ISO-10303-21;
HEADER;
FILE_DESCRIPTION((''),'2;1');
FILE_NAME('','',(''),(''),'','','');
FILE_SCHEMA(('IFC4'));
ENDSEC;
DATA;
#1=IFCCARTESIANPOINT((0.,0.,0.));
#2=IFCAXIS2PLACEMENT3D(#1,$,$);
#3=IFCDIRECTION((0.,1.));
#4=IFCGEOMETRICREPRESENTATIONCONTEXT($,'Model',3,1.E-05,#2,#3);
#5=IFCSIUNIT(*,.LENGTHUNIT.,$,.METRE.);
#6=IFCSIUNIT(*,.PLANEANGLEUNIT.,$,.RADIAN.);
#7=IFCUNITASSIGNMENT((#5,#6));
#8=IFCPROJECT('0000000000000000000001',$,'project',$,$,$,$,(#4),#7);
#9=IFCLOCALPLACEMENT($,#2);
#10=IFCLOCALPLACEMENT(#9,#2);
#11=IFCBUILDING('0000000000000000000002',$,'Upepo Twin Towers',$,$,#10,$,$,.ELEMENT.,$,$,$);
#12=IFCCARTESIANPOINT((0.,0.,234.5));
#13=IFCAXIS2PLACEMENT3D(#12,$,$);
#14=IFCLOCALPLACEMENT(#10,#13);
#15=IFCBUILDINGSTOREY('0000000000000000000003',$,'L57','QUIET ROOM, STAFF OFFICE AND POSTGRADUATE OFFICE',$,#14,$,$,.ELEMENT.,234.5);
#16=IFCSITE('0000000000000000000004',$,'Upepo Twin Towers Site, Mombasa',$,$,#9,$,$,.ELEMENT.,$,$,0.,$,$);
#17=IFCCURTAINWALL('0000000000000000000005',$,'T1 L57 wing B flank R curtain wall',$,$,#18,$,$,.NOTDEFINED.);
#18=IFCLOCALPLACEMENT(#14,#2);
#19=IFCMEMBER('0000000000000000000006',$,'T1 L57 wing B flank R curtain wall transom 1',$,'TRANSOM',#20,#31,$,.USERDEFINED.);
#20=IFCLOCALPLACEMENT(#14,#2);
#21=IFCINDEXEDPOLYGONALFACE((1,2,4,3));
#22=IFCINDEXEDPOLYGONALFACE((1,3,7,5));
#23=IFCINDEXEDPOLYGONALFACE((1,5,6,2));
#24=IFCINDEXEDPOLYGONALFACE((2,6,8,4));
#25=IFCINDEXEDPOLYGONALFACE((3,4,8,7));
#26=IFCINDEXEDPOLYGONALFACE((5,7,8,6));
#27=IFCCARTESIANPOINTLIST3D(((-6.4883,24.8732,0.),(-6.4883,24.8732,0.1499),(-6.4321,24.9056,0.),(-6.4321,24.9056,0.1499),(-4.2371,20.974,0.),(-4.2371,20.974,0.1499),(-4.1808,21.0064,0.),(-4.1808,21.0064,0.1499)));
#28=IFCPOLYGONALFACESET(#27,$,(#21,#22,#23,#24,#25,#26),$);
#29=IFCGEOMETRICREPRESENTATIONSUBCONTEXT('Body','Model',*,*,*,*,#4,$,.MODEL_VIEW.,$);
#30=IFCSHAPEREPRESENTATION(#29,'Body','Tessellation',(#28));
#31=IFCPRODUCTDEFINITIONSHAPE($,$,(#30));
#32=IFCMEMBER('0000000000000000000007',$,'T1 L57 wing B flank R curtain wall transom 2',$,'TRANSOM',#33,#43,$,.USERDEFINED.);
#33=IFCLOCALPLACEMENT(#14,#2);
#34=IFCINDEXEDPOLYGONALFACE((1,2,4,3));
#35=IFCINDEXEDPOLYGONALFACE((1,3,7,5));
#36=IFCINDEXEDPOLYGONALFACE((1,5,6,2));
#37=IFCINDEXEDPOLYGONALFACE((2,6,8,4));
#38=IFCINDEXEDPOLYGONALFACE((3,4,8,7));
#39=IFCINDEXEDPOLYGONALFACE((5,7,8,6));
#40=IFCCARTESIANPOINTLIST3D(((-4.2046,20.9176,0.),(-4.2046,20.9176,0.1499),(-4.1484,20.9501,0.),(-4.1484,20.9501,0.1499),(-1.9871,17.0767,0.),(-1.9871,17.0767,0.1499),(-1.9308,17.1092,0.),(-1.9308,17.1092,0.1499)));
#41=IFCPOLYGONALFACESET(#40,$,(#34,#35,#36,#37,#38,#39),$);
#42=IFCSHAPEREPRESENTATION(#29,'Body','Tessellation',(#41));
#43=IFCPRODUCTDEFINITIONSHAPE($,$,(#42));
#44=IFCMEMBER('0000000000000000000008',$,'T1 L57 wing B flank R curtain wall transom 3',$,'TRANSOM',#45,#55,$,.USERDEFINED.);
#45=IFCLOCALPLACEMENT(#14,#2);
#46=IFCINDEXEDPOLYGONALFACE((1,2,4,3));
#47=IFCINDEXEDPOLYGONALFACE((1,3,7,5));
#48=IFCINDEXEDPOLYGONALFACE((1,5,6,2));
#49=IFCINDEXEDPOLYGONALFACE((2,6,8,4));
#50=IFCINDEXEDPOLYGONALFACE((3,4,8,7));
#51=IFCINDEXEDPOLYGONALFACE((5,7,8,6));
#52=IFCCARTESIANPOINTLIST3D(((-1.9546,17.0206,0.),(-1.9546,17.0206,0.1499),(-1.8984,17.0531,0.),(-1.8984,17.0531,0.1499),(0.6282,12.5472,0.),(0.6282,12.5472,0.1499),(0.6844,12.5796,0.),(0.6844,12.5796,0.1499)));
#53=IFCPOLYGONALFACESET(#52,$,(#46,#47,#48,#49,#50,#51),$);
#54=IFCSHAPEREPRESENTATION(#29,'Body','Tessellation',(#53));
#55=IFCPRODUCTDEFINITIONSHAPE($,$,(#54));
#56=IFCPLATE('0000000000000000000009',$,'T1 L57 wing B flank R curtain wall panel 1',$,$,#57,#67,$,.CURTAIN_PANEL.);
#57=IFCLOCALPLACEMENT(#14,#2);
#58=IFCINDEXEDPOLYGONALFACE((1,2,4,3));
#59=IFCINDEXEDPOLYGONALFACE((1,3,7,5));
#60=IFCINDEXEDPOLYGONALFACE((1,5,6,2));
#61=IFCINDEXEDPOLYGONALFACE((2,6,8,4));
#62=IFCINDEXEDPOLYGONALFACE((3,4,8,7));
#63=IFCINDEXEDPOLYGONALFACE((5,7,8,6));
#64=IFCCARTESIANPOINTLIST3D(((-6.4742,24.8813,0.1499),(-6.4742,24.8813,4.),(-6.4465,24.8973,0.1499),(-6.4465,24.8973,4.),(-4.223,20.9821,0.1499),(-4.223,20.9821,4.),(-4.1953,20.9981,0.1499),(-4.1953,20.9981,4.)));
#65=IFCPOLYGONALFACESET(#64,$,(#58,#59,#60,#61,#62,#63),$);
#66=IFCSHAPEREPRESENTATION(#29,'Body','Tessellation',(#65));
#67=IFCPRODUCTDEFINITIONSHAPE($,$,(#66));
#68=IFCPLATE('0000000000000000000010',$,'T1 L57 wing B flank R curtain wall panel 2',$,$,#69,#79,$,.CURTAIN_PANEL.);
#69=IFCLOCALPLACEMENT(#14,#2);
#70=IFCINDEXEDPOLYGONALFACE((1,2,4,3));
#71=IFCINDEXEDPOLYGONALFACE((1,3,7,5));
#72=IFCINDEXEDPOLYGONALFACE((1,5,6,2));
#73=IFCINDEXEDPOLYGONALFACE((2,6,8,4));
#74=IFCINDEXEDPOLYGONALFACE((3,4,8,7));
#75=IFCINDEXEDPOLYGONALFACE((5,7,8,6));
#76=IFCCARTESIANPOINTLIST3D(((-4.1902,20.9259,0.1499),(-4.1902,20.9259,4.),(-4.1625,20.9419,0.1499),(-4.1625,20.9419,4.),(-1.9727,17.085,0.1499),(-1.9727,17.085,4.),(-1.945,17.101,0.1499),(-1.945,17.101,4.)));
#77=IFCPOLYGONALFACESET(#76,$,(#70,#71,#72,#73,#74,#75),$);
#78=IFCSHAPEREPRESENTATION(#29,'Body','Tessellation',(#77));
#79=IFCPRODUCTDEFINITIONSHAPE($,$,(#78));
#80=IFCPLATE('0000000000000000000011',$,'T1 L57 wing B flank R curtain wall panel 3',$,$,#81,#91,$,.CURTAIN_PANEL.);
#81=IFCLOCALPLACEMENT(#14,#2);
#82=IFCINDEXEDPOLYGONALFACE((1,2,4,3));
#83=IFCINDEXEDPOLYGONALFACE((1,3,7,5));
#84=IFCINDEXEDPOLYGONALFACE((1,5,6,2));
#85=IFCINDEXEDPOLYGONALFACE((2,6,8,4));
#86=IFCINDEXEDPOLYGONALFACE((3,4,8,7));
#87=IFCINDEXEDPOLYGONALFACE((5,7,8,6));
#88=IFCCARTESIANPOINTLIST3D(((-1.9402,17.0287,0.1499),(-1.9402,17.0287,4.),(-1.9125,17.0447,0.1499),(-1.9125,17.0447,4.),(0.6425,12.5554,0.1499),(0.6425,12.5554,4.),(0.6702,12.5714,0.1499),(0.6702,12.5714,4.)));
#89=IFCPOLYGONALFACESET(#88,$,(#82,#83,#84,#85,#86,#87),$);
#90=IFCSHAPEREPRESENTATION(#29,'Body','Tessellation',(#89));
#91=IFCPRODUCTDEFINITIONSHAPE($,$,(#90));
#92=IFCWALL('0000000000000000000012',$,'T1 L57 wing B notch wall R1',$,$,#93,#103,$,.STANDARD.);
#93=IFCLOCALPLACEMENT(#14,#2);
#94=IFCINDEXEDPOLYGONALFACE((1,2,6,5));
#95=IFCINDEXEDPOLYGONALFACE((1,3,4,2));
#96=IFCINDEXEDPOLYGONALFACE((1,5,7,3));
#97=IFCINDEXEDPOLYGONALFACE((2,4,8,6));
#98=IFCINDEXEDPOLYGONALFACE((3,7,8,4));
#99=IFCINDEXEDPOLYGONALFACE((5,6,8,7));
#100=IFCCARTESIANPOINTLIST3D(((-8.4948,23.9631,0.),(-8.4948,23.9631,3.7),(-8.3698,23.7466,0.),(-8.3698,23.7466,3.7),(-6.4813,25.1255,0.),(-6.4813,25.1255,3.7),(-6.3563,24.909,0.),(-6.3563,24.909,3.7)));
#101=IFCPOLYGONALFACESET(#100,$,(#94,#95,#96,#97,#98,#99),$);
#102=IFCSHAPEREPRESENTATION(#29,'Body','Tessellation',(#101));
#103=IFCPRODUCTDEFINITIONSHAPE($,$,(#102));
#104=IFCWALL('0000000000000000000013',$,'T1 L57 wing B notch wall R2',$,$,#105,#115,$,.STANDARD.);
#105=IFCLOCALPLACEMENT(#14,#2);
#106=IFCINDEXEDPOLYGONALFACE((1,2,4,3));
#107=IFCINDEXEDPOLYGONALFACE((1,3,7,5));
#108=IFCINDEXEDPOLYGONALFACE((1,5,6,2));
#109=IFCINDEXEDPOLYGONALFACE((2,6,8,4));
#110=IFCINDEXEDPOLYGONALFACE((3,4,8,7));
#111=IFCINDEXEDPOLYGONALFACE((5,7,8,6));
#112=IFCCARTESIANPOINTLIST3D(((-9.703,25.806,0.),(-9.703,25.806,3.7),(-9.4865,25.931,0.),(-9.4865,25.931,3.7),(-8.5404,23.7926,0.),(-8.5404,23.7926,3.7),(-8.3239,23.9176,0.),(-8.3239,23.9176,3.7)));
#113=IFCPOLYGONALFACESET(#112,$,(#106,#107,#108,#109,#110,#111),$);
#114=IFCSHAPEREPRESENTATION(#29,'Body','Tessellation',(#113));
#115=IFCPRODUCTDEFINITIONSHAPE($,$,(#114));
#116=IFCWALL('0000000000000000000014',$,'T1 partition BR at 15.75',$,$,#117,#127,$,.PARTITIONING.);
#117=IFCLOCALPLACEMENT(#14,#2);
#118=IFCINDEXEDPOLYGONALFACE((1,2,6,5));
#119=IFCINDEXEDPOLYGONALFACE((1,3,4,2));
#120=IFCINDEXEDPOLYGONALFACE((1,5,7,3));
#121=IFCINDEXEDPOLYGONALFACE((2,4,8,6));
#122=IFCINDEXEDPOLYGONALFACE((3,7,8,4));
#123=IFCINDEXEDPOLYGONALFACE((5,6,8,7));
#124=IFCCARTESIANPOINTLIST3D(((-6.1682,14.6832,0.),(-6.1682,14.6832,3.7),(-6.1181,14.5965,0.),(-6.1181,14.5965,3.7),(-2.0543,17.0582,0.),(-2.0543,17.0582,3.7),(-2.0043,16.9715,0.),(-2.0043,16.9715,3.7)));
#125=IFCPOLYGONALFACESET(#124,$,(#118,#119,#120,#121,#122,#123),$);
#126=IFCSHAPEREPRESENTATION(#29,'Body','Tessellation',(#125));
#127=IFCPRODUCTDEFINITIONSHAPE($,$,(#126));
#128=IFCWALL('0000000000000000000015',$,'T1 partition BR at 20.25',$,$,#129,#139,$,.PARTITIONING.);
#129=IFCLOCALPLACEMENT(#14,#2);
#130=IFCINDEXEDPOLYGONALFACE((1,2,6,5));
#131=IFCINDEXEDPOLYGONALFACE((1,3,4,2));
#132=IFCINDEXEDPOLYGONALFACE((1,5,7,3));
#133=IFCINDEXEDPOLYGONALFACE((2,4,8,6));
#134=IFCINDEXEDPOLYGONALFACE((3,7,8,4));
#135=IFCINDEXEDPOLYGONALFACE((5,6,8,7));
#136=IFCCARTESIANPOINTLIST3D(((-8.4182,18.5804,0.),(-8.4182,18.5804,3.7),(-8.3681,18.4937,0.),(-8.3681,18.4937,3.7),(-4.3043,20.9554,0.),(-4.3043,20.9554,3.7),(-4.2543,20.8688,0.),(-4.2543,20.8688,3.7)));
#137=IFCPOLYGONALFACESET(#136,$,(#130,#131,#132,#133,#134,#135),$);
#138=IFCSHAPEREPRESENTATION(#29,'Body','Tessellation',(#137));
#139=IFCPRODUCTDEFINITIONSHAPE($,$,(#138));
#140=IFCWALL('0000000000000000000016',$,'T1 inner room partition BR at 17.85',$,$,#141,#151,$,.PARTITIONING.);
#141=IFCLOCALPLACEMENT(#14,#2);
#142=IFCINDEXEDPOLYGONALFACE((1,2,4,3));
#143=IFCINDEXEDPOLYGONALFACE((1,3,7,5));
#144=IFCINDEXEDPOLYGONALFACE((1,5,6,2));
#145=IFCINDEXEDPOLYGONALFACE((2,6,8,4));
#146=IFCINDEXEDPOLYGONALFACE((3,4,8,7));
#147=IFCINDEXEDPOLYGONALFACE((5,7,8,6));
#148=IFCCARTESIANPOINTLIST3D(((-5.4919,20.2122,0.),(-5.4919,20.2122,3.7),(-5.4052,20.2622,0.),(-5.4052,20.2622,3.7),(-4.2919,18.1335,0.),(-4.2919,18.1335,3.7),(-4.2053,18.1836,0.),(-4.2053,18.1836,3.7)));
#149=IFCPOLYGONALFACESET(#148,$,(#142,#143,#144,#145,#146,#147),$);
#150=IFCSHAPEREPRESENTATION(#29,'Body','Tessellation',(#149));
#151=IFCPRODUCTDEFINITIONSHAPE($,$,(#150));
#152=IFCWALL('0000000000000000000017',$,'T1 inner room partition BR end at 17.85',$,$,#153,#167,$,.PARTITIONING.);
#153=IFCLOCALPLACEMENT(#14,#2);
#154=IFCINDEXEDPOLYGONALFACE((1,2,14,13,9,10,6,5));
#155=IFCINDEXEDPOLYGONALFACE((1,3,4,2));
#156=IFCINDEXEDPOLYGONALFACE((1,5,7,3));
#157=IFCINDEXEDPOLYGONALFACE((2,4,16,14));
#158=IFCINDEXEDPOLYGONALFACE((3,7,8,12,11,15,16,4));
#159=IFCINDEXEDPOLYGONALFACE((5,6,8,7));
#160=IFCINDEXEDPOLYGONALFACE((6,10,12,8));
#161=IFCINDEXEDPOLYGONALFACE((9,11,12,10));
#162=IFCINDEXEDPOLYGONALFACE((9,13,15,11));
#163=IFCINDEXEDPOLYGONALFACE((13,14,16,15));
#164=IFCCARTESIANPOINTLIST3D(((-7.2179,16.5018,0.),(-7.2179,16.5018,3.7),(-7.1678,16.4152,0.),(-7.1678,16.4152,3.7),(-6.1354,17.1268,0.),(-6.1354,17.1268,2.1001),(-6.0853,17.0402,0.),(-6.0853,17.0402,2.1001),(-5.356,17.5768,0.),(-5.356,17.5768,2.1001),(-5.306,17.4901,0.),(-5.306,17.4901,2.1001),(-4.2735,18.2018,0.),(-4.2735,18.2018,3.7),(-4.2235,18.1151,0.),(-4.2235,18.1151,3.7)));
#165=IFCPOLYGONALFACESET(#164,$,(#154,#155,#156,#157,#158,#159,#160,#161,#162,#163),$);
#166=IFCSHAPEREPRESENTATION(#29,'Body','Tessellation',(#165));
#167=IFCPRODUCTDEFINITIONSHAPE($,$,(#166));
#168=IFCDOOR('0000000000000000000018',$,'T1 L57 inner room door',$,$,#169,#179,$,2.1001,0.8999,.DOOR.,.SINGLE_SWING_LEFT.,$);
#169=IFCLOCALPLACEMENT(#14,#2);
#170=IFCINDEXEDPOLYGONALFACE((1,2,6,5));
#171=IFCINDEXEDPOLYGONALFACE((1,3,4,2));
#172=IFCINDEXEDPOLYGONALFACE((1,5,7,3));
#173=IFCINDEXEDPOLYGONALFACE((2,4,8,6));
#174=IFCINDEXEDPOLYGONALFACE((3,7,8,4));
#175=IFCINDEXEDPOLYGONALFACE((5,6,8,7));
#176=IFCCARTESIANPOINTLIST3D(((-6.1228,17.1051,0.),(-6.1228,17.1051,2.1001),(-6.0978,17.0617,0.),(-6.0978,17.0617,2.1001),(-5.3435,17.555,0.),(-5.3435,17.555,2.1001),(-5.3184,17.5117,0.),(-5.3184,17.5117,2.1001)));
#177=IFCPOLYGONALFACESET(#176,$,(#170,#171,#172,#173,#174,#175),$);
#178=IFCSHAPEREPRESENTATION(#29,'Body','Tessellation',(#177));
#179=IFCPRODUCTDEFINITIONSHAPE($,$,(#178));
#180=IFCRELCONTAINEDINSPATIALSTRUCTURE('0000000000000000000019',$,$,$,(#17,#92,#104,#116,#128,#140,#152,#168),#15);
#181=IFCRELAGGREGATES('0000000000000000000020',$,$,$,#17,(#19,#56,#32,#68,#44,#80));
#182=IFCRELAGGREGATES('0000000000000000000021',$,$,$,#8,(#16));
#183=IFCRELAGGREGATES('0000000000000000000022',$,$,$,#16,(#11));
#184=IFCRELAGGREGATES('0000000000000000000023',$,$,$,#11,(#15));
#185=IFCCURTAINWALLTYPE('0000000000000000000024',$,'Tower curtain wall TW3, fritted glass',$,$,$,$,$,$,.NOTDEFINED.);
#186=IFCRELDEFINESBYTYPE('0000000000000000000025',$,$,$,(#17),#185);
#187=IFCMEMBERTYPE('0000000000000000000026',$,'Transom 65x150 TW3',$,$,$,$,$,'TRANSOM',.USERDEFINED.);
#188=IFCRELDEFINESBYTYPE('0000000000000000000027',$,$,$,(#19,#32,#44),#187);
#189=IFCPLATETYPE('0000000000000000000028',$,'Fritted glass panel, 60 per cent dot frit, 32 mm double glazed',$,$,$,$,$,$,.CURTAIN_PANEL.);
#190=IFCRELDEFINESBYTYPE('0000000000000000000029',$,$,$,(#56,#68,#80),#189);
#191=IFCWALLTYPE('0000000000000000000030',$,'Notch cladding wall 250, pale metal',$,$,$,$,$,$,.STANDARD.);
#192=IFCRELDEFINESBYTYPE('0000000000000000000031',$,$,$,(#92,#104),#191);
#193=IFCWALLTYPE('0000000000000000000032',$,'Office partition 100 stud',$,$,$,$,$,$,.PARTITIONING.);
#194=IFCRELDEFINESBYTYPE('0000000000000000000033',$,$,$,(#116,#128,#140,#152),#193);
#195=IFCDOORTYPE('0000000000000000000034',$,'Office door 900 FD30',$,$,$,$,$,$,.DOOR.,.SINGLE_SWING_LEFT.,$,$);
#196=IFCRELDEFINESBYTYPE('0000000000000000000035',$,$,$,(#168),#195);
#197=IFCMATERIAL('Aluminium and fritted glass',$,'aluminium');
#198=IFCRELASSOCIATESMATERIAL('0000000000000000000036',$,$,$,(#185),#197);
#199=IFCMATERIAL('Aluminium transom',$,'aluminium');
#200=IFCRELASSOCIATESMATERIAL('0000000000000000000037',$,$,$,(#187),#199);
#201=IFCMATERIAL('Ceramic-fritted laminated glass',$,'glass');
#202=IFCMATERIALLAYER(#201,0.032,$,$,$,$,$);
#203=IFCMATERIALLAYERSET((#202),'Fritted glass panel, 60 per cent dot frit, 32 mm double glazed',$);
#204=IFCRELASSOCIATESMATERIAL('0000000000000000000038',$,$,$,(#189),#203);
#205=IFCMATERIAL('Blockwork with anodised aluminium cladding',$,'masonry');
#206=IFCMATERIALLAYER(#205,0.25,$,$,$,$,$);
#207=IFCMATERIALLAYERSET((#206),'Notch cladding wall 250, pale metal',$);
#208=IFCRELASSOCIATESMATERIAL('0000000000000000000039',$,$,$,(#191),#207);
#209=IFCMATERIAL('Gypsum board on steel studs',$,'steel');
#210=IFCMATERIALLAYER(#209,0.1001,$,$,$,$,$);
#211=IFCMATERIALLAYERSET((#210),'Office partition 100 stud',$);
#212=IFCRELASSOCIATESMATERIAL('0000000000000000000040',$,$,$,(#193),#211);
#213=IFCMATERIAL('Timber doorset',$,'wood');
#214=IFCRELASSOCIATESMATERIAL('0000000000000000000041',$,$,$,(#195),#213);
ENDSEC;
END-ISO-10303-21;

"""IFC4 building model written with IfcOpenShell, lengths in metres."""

from ifc_helpers import new_model, si_unit, direction, frame, frame_2d, origin, origin_2d, place, context, subcontext, project, spatial, rectangle, extrude, material, layer, layer_set, material_profile, profile_set, type_object, element, fill, aggregate, save


model = new_model("IFC4")

# Units and contexts
model_context = context("Model", 3, precision=1e-05, world=origin(), true_north=direction((0.0, 1.0)))
body_context = subcontext(model_context, "Body", "Model", "MODEL_VIEW")
ifc_project = project(units=[si_unit("LENGTHUNIT", "METRE"), si_unit("PLANEANGLEUNIT", "RADIAN")], contexts=[model_context])

# Site, building, storey
site_placement = place(None, origin())
site = spatial("IfcSite", under=ifc_project, at=site_placement, Name="Upepo Twin Towers Site, Mombasa", CompositionType="ELEMENT", RefElevation=0.0)
building_placement = place(site_placement, origin())
building = spatial("IfcBuilding", under=site, at=building_placement, Name="Upepo Twin Towers", CompositionType="ELEMENT")
storey_placement = place(building_placement, frame((0.0, 0.0, 234.5)))
storey = spatial("IfcBuildingStorey", under=building, at=storey_placement, Name="L57", Description="QUIET ROOM, STAFF OFFICE AND POSTGRADUATE OFFICE", CompositionType="ELEMENT", Elevation=234.5)

# Curtain wall
ifc_material_1 = material(Name="Aluminium and fritted glass", Category="aluminium")
curtain_wall_type = type_object("IfcCurtainWallType", Name="Tower curtain wall TW3, fritted glass", PredefinedType="NOTDEFINED", material=ifc_material_1)
curtain_wall_1_placement = place(storey_placement, origin())
curtain_wall_1 = element("IfcCurtainWall", 1, at=curtain_wall_1_placement, inside=storey, type_object=curtain_wall_type, Name="T1 L57 wing B flank R curtain wall", PredefinedType="NOTDEFINED")

# Members
ifc_material_2 = material(Name="Aluminium transom", Category="aluminium")
ifc_material_profile_1 = material_profile(ifc_material_2, rectangle(XDim=0.0649, YDim=0.1499, at=origin_2d()), Name="TRANSOM 65x150")
ifc_profile_set_1 = profile_set([ifc_material_profile_1], Name="Aluminium transom")
member_type_1 = type_object("IfcMemberType", Name="Transom 65x150 TW3", ElementType="TRANSOM", PredefinedType="USERDEFINED", material=ifc_profile_set_1)
member_1_placement = place(storey_placement, frame((-6.4602, 24.8894, 0.075), z_axis=(0.500006, -0.866022, 0.0), x_axis=(0.866022, 0.500006, 0.0)))
member_1 = element("IfcMember", 2, at=member_1_placement, type_object=member_type_1, Name="T1 L57 wing B flank R curtain wall transom 1", ObjectType="TRANSOM", PredefinedType="USERDEFINED", context=body_context, shape_type="SweptSolid", body=[
    extrude(rectangle(XDim=0.0649, YDim=0.1499, at=origin_2d()), origin(), (0.0, 0.0, 1.0), 4.5024),
])
member_2_placement = place(storey_placement, frame((-4.1765, 20.9338, 0.075), z_axis=(0.500005, -0.866022, 0.0), x_axis=(0.866022, 0.500005, 0.0)))
member_2 = element("IfcMember", 3, at=member_2_placement, type_object=member_type_1, Name="T1 L57 wing B flank R curtain wall transom 2", ObjectType="TRANSOM", PredefinedType="USERDEFINED", context=body_context, shape_type="SweptSolid", body=[
    extrude(rectangle(XDim=0.0649, YDim=0.1499, at=origin_2d()), origin(), (0.0, 0.0, 1.0), 4.4351),
])
member_3_placement = place(storey_placement, frame((-1.9265, 17.0369, 0.075), z_axis=(0.500007, -0.866021, 0.0), x_axis=(0.866021, 0.500007, 0.0)))
member_3 = element("IfcMember", 4, at=member_3_placement, type_object=member_type_1, Name="T1 L57 wing B flank R curtain wall transom 3", ObjectType="TRANSOM", PredefinedType="USERDEFINED", context=body_context, shape_type="SweptSolid", body=[
    extrude(rectangle(XDim=0.0649, YDim=0.1499, at=origin_2d()), origin(), (0.0, 0.0, 1.0), 5.1655),
])

# Plates
ifc_material_3 = material(Name="Ceramic-fritted laminated glass", Category="glass")
ifc_layer_1 = layer(ifc_material_3, 0.032)
ifc_layer_set_1 = layer_set([ifc_layer_1], Name="Fritted glass panel, 60 per cent dot frit, 32 mm double glazed")
plate_type = type_object("IfcPlateType", Name="Fritted glass panel, 60 per cent dot frit, 32 mm double glazed", PredefinedType="CURTAIN_PANEL", material=ifc_layer_set_1)
plate_1_placement = place(storey_placement, frame((-5.3347, 22.9397, 0.1499), z_axis=(0.0, 0.0, 1.0), x_axis=(0.5, -0.866025, 0.0)))
plate_1 = element("IfcPlate", 5, at=plate_1_placement, type_object=plate_type, Name="T1 L57 wing B flank R curtain wall panel 1", PredefinedType="CURTAIN_PANEL", context=body_context, shape_type="SweptSolid", body=[
    extrude(rectangle(XDim=4.5024, YDim=0.032, at=origin_2d()), origin(), (0.0, 0.0, 1.0), 3.8501),
])
plate_2_placement = place(storey_placement, frame((-3.0676, 19.0134, 0.1499), z_axis=(0.0, 0.0, 1.0), x_axis=(0.5, -0.866025, 0.0)))
plate_2 = element("IfcPlate", 6, at=plate_2_placement, type_object=plate_type, Name="T1 L57 wing B flank R curtain wall panel 2", PredefinedType="CURTAIN_PANEL", context=body_context, shape_type="SweptSolid", body=[
    extrude(rectangle(XDim=4.4351, YDim=0.032, at=origin_2d()), origin(), (0.0, 0.0, 1.0), 3.8501),
])
plate_3_placement = place(storey_placement, frame((-0.635, 14.8, 0.1499), z_axis=(0.0, 0.0, 1.0), x_axis=(0.5, -0.866025, 0.0)))
plate_3 = element("IfcPlate", 7, at=plate_3_placement, type_object=plate_type, Name="T1 L57 wing B flank R curtain wall panel 3", PredefinedType="CURTAIN_PANEL", context=body_context, shape_type="SweptSolid", body=[
    extrude(rectangle(XDim=5.1653, YDim=0.032, at=origin_2d()), origin(), (0.0, 0.0, 1.0), 3.8501),
])
aggregate(curtain_wall_1, [member_1, plate_1, member_2, plate_2, member_3, plate_3])

# Walls
ifc_material_4 = material(Name="Blockwork with anodised aluminium cladding", Category="masonry")
ifc_layer_2 = layer(ifc_material_4, 0.25)
ifc_layer_set_2 = layer_set([ifc_layer_2], Name="Notch cladding wall 250, pale metal")
wall_type_1 = type_object("IfcWallType", Name="Notch cladding wall 250, pale metal", PredefinedType="STANDARD", material=ifc_layer_set_2)
for number, where, z_axis, x_axis, name in (
    (8, (-6.4187, 25.0173, 0.0), (0.0, 0.0, 1.0), (-0.866044, -0.499968, 0.0), "T1 L57 wing B notch wall R1"),
    (9, (-8.4321, 23.855, 0.0), (0.0, 0.0, 1.0), (-0.500047, 0.865998, 0.0), "T1 L57 wing B notch wall R2"),
):
    element("IfcWall", number, at=place(storey_placement, frame(where, z_axis=z_axis, x_axis=x_axis)), inside=storey, type_object=wall_type_1, Name=name, PredefinedType="STANDARD", context=body_context, shape_type="SweptSolid", body=[
        extrude(rectangle(XDim=2.325, YDim=0.25, at=frame_2d((1.1626, 0.0))), origin(), (0.0, 0.0, 1.0), 3.7),
    ])
ifc_material_5 = material(Name="Gypsum board on steel studs", Category="steel")
ifc_layer_3 = layer(ifc_material_5, 0.1001)
ifc_layer_set_3 = layer_set([ifc_layer_3], Name="Office partition 100 stud")
wall_type_2 = type_object("IfcWallType", Name="Office partition 100 stud", PredefinedType="PARTITIONING", material=ifc_layer_set_3)
for number, where, z_axis, x_axis, name in (
    (10, (-6.1431, 14.6399, 0.0), (0.0, 0.0, 1.0), (0.866033, 0.499986, 0.0), "T1 partition BR at 15.75"),
    (11, (-8.3931, 18.5371, 0.0), (0.0, 0.0, 1.0), (0.866033, 0.499986, 0.0), "T1 partition BR at 20.25"),
):
    element("IfcWall", number, at=place(storey_placement, frame(where, z_axis=z_axis, x_axis=x_axis)), inside=storey, type_object=wall_type_2, Name=name, PredefinedType="PARTITIONING", context=body_context, shape_type="SweptSolid", body=[
        extrude(rectangle(XDim=4.7502, YDim=0.1001, at=frame_2d((2.375, 0.0))), origin(), (0.0, 0.0, 1.0), 3.7),
    ])
wall_1_placement = place(storey_placement, frame((-4.2485, 18.1584, 0.0), z_axis=(0.0, 0.0, 1.0), x_axis=(-0.499957, 0.86605, 0.0)))
element("IfcWall", 12, at=wall_1_placement, inside=storey, type_object=wall_type_2, Name="T1 inner room partition BR at 17.85", PredefinedType="PARTITIONING", context=body_context, shape_type="SweptSolid", body=[
    extrude(rectangle(XDim=2.4001, YDim=0.1001, at=frame_2d((1.2002, 0.0))), origin(), (0.0, 0.0, 1.0), 3.7),
])

# Wall, opening, door
wall_2_placement = place(storey_placement, frame((-7.1929, 16.4585, 0.0), z_axis=(0.0, 0.0, 1.0), x_axis=(0.866021, 0.500008, 0.0)))
wall_2 = element("IfcWall", 13, at=wall_2_placement, inside=storey, type_object=wall_type_2, Name="T1 inner room partition BR end at 17.85", PredefinedType="PARTITIONING", context=body_context, shape_type="SweptSolid", body=[
    extrude(rectangle(XDim=3.3999, YDim=0.1001, at=frame_2d((1.7, 0.0))), origin(), (0.0, 0.0, 1.0), 3.7),
])
opening_placement = place(wall_2_placement, frame((1.25, 0.0, 0.0)))
opening = element("IfcOpeningElement", 14, at=opening_placement, cuts=wall_2, PredefinedType="OPENING", context=body_context, shape_type="SweptSolid", body=[
    extrude(rectangle(XDim=0.8999, YDim=2.1001, at=frame_2d((0.45, 1.05))), frame((0.0, 0.0601, 0.0), z_axis=(0.0, -1.0, 0.0), x_axis=(1.0, 0.0, 0.0)), (0.0, 0.0, 1.0), 0.1201),
])
ifc_material_6 = material(Name="Timber doorset", Category="wood")
door_type = type_object("IfcDoorType", Name="Office door 900 FD30", OperationType="SINGLE_SWING_LEFT", PredefinedType="DOOR", material=ifc_material_6)
door_placement = place(opening_placement, origin())
door = element("IfcDoor", 15, at=door_placement, inside=storey, type_object=door_type, Name="T1 L57 inner room door", OperationType="SINGLE_SWING_LEFT", OverallHeight=2.1001, OverallWidth=0.8999, PredefinedType="DOOR", context=body_context, shape_type="SweptSolid", body=[
    extrude(rectangle(XDim=0.8999, YDim=2.1001, at=frame_2d((0.45, 1.05))), frame((0.0, 0.0249, 0.0), z_axis=(0.0, -1.0, 0.0), x_axis=(1.0, 0.0, 0.0)), (0.0, 0.0, 1.0), 0.05),
])
fill(opening, door)

save(model, "model.ifc")
